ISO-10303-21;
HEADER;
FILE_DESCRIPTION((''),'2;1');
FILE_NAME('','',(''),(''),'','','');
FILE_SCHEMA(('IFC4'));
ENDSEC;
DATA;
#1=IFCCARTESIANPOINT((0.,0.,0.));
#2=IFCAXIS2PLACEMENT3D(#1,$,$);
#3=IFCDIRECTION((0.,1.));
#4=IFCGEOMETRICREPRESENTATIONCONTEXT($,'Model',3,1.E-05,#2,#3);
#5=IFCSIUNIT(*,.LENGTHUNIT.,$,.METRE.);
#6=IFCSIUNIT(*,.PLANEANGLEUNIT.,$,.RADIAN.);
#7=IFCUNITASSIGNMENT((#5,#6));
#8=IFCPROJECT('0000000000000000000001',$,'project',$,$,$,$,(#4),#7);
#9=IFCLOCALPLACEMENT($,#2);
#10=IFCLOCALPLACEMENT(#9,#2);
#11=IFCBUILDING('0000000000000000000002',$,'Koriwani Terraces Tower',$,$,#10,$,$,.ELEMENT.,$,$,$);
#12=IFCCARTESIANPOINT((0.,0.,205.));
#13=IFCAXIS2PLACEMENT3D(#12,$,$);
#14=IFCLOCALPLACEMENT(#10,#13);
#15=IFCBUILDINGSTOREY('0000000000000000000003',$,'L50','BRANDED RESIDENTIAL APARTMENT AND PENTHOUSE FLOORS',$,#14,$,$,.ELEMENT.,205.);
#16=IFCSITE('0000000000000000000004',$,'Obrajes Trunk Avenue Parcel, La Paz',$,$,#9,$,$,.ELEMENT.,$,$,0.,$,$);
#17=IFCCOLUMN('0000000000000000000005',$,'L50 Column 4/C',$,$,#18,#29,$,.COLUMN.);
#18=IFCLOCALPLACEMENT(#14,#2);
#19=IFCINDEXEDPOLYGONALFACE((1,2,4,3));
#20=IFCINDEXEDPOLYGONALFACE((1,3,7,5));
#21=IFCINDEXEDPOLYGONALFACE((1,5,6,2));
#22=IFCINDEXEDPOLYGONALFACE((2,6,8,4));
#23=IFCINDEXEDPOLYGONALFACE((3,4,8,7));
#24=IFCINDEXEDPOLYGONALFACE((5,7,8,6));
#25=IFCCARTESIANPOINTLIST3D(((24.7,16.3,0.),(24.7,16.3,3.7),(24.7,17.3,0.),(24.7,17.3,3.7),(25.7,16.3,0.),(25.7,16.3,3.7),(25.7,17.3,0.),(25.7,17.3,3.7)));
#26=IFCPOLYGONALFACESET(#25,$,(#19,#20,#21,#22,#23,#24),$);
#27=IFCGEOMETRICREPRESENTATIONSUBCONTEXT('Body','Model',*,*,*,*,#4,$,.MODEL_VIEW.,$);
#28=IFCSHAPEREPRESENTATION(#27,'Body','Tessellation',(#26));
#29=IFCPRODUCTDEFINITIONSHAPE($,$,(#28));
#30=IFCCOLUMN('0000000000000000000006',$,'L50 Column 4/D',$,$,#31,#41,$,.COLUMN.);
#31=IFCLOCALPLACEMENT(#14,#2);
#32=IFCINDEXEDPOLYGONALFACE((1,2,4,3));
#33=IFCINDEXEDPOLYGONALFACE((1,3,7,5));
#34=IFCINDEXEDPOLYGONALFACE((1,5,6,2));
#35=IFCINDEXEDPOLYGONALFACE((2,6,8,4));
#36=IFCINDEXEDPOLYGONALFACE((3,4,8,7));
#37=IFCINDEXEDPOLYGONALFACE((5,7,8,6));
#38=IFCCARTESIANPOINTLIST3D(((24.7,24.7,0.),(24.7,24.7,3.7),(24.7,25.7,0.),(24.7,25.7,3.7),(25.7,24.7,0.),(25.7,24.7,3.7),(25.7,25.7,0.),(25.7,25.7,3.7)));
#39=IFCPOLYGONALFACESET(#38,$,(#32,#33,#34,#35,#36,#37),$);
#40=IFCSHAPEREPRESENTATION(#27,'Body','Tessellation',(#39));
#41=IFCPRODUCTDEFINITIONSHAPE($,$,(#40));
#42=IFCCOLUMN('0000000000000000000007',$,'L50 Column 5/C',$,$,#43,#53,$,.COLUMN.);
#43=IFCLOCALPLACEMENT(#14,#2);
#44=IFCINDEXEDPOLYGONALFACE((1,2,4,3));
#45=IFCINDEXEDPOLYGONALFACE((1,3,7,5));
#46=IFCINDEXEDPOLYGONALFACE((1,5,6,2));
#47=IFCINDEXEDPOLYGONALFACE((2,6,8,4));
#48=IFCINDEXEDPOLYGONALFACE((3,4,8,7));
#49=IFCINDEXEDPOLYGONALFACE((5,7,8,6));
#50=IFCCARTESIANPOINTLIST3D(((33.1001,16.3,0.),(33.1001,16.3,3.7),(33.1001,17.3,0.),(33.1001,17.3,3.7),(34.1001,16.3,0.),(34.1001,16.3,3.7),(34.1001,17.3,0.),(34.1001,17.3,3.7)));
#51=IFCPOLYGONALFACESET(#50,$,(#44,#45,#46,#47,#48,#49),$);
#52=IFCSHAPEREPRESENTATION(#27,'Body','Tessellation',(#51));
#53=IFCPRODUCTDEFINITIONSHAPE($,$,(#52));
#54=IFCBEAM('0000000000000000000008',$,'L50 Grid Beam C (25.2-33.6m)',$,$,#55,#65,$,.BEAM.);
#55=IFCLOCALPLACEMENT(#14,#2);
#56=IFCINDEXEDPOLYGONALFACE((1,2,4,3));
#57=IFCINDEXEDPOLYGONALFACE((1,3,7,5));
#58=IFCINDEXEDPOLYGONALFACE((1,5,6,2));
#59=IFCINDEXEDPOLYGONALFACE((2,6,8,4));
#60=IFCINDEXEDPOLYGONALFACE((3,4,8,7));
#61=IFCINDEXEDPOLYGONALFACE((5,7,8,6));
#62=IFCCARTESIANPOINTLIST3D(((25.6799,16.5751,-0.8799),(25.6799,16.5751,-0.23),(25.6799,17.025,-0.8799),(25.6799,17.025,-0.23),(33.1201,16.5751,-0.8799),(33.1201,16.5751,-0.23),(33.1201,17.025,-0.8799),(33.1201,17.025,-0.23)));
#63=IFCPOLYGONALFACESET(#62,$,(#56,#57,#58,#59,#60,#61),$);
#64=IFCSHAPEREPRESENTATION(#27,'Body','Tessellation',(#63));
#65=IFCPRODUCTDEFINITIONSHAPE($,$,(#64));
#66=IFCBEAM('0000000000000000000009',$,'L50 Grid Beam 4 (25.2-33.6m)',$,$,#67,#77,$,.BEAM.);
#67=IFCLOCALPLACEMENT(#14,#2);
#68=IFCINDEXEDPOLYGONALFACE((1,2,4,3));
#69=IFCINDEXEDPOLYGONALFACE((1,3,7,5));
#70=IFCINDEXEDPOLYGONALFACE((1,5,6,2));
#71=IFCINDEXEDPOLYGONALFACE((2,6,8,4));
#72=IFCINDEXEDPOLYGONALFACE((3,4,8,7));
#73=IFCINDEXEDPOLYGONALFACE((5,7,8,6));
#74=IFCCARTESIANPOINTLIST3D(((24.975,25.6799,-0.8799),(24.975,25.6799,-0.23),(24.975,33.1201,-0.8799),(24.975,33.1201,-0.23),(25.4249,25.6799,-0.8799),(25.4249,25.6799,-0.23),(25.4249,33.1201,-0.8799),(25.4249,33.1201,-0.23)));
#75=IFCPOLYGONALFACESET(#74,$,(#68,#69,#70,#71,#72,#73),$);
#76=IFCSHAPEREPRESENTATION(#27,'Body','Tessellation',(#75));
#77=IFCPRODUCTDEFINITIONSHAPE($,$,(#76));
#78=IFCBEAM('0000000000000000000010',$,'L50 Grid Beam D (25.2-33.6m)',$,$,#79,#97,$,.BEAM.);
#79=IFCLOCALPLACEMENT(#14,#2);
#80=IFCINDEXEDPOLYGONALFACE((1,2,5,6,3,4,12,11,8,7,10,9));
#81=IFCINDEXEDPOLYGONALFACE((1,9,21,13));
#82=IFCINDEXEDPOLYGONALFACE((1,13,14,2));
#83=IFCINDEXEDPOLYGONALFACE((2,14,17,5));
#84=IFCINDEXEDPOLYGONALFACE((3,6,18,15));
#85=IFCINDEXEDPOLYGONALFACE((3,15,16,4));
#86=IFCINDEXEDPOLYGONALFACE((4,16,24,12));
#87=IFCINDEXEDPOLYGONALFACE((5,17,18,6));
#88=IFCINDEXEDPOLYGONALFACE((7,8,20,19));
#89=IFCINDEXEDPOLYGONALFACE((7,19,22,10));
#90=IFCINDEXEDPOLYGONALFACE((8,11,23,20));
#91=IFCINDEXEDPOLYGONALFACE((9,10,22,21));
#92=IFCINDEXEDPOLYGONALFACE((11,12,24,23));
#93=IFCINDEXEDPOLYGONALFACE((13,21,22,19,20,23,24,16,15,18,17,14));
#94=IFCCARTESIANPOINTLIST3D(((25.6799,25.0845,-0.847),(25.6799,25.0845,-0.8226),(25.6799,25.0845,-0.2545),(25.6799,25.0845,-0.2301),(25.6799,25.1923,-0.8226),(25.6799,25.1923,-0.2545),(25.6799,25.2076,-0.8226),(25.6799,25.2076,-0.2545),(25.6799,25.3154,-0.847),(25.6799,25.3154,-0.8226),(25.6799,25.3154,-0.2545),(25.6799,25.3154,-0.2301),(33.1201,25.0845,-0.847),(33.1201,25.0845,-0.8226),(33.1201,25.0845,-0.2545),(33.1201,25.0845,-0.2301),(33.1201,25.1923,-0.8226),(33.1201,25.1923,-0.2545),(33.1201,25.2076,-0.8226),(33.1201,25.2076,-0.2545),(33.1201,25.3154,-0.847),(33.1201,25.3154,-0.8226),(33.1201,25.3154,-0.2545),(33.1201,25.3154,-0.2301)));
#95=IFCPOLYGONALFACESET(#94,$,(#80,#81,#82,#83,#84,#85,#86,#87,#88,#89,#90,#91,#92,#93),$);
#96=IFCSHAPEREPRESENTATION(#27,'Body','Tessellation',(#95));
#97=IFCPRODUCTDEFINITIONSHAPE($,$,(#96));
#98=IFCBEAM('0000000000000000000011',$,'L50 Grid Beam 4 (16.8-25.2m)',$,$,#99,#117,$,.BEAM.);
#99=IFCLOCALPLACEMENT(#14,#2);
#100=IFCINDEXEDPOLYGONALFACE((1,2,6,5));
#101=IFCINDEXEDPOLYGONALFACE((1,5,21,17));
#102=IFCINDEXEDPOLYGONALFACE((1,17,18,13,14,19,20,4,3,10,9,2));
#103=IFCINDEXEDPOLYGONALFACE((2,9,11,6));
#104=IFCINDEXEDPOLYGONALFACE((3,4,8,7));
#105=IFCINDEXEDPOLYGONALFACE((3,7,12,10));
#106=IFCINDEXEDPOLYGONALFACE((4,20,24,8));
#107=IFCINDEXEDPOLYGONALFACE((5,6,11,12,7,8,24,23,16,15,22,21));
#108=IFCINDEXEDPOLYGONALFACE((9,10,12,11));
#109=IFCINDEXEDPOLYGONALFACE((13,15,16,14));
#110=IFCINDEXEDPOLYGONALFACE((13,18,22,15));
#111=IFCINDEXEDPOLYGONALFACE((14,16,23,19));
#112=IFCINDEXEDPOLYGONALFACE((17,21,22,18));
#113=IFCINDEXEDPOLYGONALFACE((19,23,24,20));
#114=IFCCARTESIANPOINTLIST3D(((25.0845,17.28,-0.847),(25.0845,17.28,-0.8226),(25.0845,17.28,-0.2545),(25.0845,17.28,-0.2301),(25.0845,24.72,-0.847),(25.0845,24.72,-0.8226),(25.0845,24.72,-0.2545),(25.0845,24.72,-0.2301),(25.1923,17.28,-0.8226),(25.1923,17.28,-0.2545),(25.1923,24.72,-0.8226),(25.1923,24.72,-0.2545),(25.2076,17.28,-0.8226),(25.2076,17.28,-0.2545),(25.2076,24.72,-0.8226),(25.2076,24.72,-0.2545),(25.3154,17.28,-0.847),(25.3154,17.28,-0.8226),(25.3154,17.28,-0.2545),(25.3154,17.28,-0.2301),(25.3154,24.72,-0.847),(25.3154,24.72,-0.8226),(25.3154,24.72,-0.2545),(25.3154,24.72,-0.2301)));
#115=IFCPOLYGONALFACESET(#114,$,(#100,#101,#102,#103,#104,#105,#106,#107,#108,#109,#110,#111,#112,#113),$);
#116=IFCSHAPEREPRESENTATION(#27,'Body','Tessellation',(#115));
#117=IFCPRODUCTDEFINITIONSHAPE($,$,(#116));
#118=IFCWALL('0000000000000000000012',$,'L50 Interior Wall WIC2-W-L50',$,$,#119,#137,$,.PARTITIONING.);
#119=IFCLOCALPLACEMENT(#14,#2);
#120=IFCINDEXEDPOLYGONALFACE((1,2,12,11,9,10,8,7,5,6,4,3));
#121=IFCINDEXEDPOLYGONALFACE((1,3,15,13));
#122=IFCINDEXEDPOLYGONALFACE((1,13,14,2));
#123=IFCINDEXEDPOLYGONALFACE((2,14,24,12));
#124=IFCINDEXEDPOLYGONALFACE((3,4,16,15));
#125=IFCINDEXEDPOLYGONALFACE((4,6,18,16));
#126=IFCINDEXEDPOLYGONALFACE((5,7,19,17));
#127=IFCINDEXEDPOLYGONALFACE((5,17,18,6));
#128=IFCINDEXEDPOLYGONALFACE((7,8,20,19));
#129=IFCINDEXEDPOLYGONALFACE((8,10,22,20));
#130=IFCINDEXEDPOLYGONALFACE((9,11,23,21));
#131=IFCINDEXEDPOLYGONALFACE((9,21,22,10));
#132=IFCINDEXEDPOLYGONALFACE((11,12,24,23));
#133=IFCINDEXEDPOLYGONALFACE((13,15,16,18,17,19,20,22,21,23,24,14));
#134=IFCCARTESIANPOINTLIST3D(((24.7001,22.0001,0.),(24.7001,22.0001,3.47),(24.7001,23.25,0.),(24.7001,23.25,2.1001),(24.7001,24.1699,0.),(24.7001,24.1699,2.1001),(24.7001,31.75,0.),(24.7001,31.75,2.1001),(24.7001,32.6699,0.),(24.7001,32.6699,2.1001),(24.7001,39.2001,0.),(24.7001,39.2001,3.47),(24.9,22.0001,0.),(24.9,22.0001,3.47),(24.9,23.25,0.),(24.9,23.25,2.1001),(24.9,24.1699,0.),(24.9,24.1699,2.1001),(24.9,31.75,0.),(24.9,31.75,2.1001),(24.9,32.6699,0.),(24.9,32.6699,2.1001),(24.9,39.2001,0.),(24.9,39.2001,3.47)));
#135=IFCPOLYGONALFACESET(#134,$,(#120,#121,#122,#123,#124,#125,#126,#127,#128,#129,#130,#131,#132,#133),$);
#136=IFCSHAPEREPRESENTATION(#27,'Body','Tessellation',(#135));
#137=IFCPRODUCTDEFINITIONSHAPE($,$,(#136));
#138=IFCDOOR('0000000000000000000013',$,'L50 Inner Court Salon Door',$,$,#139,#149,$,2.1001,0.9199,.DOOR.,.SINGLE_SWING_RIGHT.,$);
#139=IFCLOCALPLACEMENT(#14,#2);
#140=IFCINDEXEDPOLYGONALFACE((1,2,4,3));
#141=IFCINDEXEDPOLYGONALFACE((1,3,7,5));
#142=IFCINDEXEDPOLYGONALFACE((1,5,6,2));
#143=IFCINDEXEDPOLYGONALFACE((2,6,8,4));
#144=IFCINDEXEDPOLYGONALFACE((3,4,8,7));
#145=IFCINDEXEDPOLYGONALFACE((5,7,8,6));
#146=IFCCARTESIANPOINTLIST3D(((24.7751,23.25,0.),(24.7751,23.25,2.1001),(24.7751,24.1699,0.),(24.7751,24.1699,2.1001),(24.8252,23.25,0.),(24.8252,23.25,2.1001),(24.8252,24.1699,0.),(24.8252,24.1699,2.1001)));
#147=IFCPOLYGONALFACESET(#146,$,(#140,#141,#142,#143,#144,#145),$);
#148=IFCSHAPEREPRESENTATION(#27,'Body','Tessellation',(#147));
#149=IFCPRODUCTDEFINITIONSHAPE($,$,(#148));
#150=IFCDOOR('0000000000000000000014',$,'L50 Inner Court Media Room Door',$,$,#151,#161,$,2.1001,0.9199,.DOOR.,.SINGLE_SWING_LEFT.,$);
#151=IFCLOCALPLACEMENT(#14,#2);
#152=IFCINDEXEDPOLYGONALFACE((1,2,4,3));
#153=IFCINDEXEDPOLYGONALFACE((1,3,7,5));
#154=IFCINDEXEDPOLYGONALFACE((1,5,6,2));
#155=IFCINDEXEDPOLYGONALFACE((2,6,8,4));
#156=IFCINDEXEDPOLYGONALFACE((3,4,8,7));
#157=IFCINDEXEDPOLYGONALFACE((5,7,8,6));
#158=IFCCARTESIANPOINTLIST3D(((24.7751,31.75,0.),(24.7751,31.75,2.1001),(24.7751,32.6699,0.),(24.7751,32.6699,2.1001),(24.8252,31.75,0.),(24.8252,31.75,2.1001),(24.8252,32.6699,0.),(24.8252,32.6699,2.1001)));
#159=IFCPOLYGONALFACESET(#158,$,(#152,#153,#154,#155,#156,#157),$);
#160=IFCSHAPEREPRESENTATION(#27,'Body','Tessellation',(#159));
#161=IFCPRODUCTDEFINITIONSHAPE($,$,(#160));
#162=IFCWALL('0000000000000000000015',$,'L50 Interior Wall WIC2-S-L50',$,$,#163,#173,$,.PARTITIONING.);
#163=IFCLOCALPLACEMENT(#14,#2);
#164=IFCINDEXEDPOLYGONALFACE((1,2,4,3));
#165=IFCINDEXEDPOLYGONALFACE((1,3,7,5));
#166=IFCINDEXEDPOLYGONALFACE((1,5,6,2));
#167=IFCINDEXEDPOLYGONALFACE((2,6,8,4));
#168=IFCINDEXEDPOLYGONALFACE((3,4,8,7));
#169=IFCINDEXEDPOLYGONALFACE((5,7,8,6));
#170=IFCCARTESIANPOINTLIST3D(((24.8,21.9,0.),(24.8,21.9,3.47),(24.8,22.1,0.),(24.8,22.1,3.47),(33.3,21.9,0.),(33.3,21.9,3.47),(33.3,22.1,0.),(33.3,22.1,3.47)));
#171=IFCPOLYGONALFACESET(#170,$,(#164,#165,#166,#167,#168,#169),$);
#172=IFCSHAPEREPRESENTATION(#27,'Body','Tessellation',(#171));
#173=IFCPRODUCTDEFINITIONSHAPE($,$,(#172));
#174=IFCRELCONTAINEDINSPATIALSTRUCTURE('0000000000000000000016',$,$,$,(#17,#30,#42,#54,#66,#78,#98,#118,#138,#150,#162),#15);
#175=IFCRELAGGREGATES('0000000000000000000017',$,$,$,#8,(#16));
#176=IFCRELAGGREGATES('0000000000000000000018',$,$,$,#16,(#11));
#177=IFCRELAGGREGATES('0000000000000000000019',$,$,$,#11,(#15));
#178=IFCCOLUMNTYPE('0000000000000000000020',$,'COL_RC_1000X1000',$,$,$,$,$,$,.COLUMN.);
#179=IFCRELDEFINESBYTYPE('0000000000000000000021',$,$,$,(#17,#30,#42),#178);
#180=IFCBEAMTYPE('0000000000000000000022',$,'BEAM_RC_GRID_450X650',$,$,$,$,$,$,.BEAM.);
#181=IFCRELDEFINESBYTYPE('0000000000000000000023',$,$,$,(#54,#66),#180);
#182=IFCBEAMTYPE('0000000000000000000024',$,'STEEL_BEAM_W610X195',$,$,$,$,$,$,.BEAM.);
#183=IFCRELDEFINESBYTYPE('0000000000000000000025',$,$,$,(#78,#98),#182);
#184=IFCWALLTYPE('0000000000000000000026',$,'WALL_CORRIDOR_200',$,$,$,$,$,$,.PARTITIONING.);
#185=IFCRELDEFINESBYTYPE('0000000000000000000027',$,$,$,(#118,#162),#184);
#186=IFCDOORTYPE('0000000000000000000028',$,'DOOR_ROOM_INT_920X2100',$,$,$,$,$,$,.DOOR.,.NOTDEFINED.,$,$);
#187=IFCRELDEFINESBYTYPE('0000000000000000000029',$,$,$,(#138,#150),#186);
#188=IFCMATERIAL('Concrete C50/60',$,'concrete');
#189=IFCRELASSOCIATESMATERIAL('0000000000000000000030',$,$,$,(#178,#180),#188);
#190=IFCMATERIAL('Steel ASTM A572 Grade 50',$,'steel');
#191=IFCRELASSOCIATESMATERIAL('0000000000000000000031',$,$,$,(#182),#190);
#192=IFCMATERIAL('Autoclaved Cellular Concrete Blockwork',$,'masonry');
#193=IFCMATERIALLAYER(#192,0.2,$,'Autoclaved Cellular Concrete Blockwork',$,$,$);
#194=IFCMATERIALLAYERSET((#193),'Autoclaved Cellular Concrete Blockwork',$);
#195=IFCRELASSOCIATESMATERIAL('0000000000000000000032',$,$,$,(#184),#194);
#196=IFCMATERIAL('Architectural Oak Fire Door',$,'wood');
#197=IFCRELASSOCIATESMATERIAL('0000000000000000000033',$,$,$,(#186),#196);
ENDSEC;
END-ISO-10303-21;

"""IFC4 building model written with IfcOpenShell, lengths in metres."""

from ifc_helpers import new_model, si_unit, direction, frame, frame_2d, origin, origin_2d, place, context, subcontext, project, spatial, rectangle, i_section, extrude, material, layer, layer_set, material_profile, profile_set, type_object, element, fill, save


model = new_model("IFC4")

# Units and contexts
model_context = context("Model", 3, precision=1e-05, world=origin(), true_north=direction((0.0, 1.0)))
body_context = subcontext(model_context, "Body", "Model", "MODEL_VIEW")
ifc_project = project(units=[si_unit("LENGTHUNIT", "METRE"), si_unit("PLANEANGLEUNIT", "RADIAN")], contexts=[model_context])

# Site, building, storey
site_placement = place(None, origin())
site = spatial("IfcSite", under=ifc_project, at=site_placement, Name="Obrajes Trunk Avenue Parcel, La Paz", CompositionType="ELEMENT", RefElevation=0.0)
building_placement = place(site_placement, origin())
building = spatial("IfcBuilding", under=site, at=building_placement, Name="Koriwani Terraces Tower", CompositionType="ELEMENT")
storey_placement = place(building_placement, frame((0.0, 0.0, 205.0)))
storey = spatial("IfcBuildingStorey", under=building, at=storey_placement, Name="L50", Description="BRANDED RESIDENTIAL APARTMENT AND PENTHOUSE FLOORS", CompositionType="ELEMENT", Elevation=205.0)

# Columns
ifc_material_1 = material(Name="Concrete C50/60", Category="concrete")
ifc_material_profile_1 = material_profile(ifc_material_1, rectangle(XDim=1.0, YDim=1.0, at=origin_2d()), Name="Concrete C50/60", Category="LoadBearing")
ifc_profile_set_1 = profile_set([ifc_material_profile_1], Name="Concrete C50/60")
column_type = type_object("IfcColumnType", Name="COL_RC_1000X1000", PredefinedType="COLUMN", material=ifc_profile_set_1)
for number, where, z_axis, x_axis, name in (
    (1, (25.2, 16.8, 0.0), (0.0, 0.0, 1.0), (1.0, 0.0, 0.0), "L50 Column 4/C"),
    (2, (25.2, 25.2, 0.0), (0.0, 0.0, 1.0), (1.0, 0.0, 0.0), "L50 Column 4/D"),
    (3, (33.6001, 16.8, 0.0), (0.0, 0.0, 1.0), (1.0, 0.0, 0.0), "L50 Column 5/C"),
):
    element("IfcColumn", number, at=place(storey_placement, frame(where, z_axis=z_axis, x_axis=x_axis)), inside=storey, type_object=column_type, Name=name, PredefinedType="COLUMN", context=body_context, shape_type="SweptSolid", body=[
        extrude(rectangle(XDim=1.0, YDim=1.0, at=origin_2d()), origin(), (0.0, 0.0, 1.0), 3.7),
    ])

# Beams
ifc_material_profile_2 = material_profile(ifc_material_1, rectangle(XDim=0.45, YDim=0.6499, at=origin_2d()), Name="Concrete C50/60", Category="LoadBearing")
ifc_profile_set_2 = profile_set([ifc_material_profile_2], Name="Concrete C50/60")
beam_type_1 = type_object("IfcBeamType", Name="BEAM_RC_GRID_450X650", PredefinedType="BEAM", material=ifc_profile_set_2)
for number, where, z_axis, x_axis, name in (
    (4, (25.6799, 16.8, -0.5549), (1.0, 0.0, 0.0), (0.0, 1.0, 0.0), "L50 Grid Beam C (25.2-33.6m)"),
    (5, (25.2, 25.6799, -0.5549), (0.0, 1.0, 0.0), (-1.0, 0.0, 0.0), "L50 Grid Beam 4 (25.2-33.6m)"),
):
    element("IfcBeam", number, at=place(storey_placement, frame(where, z_axis=z_axis, x_axis=x_axis)), inside=storey, type_object=beam_type_1, Name=name, PredefinedType="BEAM", context=body_context, shape_type="SweptSolid", body=[
        extrude(rectangle(XDim=0.45, YDim=0.6499, at=origin_2d()), origin(), (0.0, 0.0, 1.0), 7.4402),
    ])
ifc_material_2 = material(Name="Steel ASTM A572 Grade 50", Category="steel")
ifc_material_profile_3 = material_profile(ifc_material_2, i_section(OverallWidth=0.231, OverallDepth=0.6169, WebThickness=0.0154, FlangeThickness=0.0244, at=origin_2d()), Name="Steel ASTM A572 Grade 50", Category="LoadBearing")
ifc_profile_set_3 = profile_set([ifc_material_profile_3], Name="Steel ASTM A572 Grade 50")
beam_type_2 = type_object("IfcBeamType", Name="STEEL_BEAM_W610X195", PredefinedType="BEAM", material=ifc_profile_set_3)
beam_1_placement = place(storey_placement, frame((25.6799, 25.2, -0.5386), z_axis=(1.0, 0.0, 0.0), x_axis=(0.0, 1.0, 0.0)))
element("IfcBeam", 6, at=beam_1_placement, inside=storey, type_object=beam_type_2, Name="L50 Grid Beam D (25.2-33.6m)", PredefinedType="BEAM", context=body_context, shape_type="SweptSolid", body=[
    extrude(i_section(OverallWidth=0.231, OverallDepth=0.6169, WebThickness=0.0154, FlangeThickness=0.0244, at=origin_2d()), origin(), (0.0, 0.0, 1.0), 7.4402),
])
beam_2_placement = place(storey_placement, frame((25.2, 17.28, -0.5386), z_axis=(0.0, 1.0, 0.0), x_axis=(-1.0, 0.0, 0.0)))
element("IfcBeam", 7, at=beam_2_placement, inside=storey, type_object=beam_type_2, Name="L50 Grid Beam 4 (16.8-25.2m)", PredefinedType="BEAM", context=body_context, shape_type="SweptSolid", body=[
    extrude(i_section(OverallWidth=0.231, OverallDepth=0.6169, WebThickness=0.0154, FlangeThickness=0.0244, at=origin_2d()), origin(), (0.0, 0.0, 1.0), 7.4399),
])

# Wall, openings, doors
ifc_material_3 = material(Name="Autoclaved Cellular Concrete Blockwork", Category="masonry")
ifc_layer_1 = layer(ifc_material_3, 0.2, Name="Autoclaved Cellular Concrete Blockwork")
ifc_layer_set_1 = layer_set([ifc_layer_1], Name="Autoclaved Cellular Concrete Blockwork")
wall_type_1 = type_object("IfcWallType", Name="WALL_CORRIDOR_200", PredefinedType="PARTITIONING", material=ifc_layer_set_1)
wall_1_placement = place(storey_placement, frame((24.8, 22.0, 0.0), z_axis=(0.0, 0.0, 1.0), x_axis=(0.0, 1.0, 0.0)))
wall_1 = element("IfcWall", 8, at=wall_1_placement, inside=storey, type_object=wall_type_1, Name="L50 Interior Wall WIC2-W-L50", PredefinedType="PARTITIONING", context=body_context, shape_type="SweptSolid", body=[
    extrude(rectangle(XDim=17.2, YDim=0.2, at=frame_2d((8.6001, 0.0))), origin(), (0.0, 0.0, 1.0), 3.47),
])
opening_1_placement = place(wall_1_placement, frame((1.25, 0.0, 0.0)))
opening_1 = element("IfcOpeningElement", 9, at=opening_1_placement, cuts=wall_1, PredefinedType="OPENING", context=body_context, shape_type="SweptSolid", body=[
    extrude(rectangle(XDim=0.9199, YDim=2.1001, at=frame_2d((0.46, 1.05))), frame((0.0, 0.1099, 0.0), z_axis=(0.0, -1.0, 0.0), x_axis=(1.0, 0.0, 0.0)), (0.0, 0.0, 1.0), 0.22),
])
opening_2_placement = place(wall_1_placement, frame((9.75, 0.0, 0.0)))
opening_2 = element("IfcOpeningElement", 10, at=opening_2_placement, cuts=wall_1, PredefinedType="OPENING", context=body_context, shape_type="SweptSolid", body=[
    extrude(rectangle(XDim=0.9199, YDim=2.1001, at=frame_2d((0.46, 1.05))), frame((0.0, 0.1099, 0.0), z_axis=(0.0, -1.0, 0.0), x_axis=(1.0, 0.0, 0.0)), (0.0, 0.0, 1.0), 0.22),
])
ifc_material_4 = material(Name="Architectural Oak Fire Door", Category="wood")
door_type_1 = type_object("IfcDoorType", Name="DOOR_ROOM_INT_920X2100", OperationType="NOTDEFINED", PredefinedType="DOOR", material=ifc_material_4)
door_1_placement = place(opening_1_placement, origin())
door_1 = element("IfcDoor", 11, at=door_1_placement, inside=storey, type_object=door_type_1, Name="L50 Inner Court Salon Door", OperationType="SINGLE_SWING_RIGHT", OverallHeight=2.1001, OverallWidth=0.9199, PredefinedType="DOOR", context=body_context, shape_type="SweptSolid", body=[
    extrude(rectangle(XDim=0.9199, YDim=2.1001, at=frame_2d((0.46, 1.05))), frame((0.0, 0.0249, 0.0), z_axis=(0.0, -1.0, 0.0), x_axis=(1.0, 0.0, 0.0)), (0.0, 0.0, 1.0), 0.05),
])
fill(opening_1, door_1)
door_2_placement = place(opening_2_placement, origin())
door_2 = element("IfcDoor", 12, at=door_2_placement, inside=storey, type_object=door_type_1, Name="L50 Inner Court Media Room Door", OperationType="SINGLE_SWING_LEFT", OverallHeight=2.1001, OverallWidth=0.9199, PredefinedType="DOOR", context=body_context, shape_type="SweptSolid", body=[
    extrude(rectangle(XDim=0.9199, YDim=2.1001, at=frame_2d((0.46, 1.05))), frame((0.0, 0.0249, 0.0), z_axis=(0.0, -1.0, 0.0), x_axis=(1.0, 0.0, 0.0)), (0.0, 0.0, 1.0), 0.05),
])
fill(opening_2, door_2)

# Wall
wall_2_placement = place(storey_placement, frame((24.8, 22.0, 0.0), z_axis=(0.0, 0.0, 1.0), x_axis=(1.0, 0.0, 0.0)))
element("IfcWall", 13, at=wall_2_placement, inside=storey, type_object=wall_type_1, Name="L50 Interior Wall WIC2-S-L50", PredefinedType="PARTITIONING", context=body_context, shape_type="SweptSolid", body=[
    extrude(rectangle(XDim=8.5, YDim=0.2, at=frame_2d((4.25, 0.0))), origin(), (0.0, 0.0, 1.0), 3.47),
])

save(model, "model.ifc")
